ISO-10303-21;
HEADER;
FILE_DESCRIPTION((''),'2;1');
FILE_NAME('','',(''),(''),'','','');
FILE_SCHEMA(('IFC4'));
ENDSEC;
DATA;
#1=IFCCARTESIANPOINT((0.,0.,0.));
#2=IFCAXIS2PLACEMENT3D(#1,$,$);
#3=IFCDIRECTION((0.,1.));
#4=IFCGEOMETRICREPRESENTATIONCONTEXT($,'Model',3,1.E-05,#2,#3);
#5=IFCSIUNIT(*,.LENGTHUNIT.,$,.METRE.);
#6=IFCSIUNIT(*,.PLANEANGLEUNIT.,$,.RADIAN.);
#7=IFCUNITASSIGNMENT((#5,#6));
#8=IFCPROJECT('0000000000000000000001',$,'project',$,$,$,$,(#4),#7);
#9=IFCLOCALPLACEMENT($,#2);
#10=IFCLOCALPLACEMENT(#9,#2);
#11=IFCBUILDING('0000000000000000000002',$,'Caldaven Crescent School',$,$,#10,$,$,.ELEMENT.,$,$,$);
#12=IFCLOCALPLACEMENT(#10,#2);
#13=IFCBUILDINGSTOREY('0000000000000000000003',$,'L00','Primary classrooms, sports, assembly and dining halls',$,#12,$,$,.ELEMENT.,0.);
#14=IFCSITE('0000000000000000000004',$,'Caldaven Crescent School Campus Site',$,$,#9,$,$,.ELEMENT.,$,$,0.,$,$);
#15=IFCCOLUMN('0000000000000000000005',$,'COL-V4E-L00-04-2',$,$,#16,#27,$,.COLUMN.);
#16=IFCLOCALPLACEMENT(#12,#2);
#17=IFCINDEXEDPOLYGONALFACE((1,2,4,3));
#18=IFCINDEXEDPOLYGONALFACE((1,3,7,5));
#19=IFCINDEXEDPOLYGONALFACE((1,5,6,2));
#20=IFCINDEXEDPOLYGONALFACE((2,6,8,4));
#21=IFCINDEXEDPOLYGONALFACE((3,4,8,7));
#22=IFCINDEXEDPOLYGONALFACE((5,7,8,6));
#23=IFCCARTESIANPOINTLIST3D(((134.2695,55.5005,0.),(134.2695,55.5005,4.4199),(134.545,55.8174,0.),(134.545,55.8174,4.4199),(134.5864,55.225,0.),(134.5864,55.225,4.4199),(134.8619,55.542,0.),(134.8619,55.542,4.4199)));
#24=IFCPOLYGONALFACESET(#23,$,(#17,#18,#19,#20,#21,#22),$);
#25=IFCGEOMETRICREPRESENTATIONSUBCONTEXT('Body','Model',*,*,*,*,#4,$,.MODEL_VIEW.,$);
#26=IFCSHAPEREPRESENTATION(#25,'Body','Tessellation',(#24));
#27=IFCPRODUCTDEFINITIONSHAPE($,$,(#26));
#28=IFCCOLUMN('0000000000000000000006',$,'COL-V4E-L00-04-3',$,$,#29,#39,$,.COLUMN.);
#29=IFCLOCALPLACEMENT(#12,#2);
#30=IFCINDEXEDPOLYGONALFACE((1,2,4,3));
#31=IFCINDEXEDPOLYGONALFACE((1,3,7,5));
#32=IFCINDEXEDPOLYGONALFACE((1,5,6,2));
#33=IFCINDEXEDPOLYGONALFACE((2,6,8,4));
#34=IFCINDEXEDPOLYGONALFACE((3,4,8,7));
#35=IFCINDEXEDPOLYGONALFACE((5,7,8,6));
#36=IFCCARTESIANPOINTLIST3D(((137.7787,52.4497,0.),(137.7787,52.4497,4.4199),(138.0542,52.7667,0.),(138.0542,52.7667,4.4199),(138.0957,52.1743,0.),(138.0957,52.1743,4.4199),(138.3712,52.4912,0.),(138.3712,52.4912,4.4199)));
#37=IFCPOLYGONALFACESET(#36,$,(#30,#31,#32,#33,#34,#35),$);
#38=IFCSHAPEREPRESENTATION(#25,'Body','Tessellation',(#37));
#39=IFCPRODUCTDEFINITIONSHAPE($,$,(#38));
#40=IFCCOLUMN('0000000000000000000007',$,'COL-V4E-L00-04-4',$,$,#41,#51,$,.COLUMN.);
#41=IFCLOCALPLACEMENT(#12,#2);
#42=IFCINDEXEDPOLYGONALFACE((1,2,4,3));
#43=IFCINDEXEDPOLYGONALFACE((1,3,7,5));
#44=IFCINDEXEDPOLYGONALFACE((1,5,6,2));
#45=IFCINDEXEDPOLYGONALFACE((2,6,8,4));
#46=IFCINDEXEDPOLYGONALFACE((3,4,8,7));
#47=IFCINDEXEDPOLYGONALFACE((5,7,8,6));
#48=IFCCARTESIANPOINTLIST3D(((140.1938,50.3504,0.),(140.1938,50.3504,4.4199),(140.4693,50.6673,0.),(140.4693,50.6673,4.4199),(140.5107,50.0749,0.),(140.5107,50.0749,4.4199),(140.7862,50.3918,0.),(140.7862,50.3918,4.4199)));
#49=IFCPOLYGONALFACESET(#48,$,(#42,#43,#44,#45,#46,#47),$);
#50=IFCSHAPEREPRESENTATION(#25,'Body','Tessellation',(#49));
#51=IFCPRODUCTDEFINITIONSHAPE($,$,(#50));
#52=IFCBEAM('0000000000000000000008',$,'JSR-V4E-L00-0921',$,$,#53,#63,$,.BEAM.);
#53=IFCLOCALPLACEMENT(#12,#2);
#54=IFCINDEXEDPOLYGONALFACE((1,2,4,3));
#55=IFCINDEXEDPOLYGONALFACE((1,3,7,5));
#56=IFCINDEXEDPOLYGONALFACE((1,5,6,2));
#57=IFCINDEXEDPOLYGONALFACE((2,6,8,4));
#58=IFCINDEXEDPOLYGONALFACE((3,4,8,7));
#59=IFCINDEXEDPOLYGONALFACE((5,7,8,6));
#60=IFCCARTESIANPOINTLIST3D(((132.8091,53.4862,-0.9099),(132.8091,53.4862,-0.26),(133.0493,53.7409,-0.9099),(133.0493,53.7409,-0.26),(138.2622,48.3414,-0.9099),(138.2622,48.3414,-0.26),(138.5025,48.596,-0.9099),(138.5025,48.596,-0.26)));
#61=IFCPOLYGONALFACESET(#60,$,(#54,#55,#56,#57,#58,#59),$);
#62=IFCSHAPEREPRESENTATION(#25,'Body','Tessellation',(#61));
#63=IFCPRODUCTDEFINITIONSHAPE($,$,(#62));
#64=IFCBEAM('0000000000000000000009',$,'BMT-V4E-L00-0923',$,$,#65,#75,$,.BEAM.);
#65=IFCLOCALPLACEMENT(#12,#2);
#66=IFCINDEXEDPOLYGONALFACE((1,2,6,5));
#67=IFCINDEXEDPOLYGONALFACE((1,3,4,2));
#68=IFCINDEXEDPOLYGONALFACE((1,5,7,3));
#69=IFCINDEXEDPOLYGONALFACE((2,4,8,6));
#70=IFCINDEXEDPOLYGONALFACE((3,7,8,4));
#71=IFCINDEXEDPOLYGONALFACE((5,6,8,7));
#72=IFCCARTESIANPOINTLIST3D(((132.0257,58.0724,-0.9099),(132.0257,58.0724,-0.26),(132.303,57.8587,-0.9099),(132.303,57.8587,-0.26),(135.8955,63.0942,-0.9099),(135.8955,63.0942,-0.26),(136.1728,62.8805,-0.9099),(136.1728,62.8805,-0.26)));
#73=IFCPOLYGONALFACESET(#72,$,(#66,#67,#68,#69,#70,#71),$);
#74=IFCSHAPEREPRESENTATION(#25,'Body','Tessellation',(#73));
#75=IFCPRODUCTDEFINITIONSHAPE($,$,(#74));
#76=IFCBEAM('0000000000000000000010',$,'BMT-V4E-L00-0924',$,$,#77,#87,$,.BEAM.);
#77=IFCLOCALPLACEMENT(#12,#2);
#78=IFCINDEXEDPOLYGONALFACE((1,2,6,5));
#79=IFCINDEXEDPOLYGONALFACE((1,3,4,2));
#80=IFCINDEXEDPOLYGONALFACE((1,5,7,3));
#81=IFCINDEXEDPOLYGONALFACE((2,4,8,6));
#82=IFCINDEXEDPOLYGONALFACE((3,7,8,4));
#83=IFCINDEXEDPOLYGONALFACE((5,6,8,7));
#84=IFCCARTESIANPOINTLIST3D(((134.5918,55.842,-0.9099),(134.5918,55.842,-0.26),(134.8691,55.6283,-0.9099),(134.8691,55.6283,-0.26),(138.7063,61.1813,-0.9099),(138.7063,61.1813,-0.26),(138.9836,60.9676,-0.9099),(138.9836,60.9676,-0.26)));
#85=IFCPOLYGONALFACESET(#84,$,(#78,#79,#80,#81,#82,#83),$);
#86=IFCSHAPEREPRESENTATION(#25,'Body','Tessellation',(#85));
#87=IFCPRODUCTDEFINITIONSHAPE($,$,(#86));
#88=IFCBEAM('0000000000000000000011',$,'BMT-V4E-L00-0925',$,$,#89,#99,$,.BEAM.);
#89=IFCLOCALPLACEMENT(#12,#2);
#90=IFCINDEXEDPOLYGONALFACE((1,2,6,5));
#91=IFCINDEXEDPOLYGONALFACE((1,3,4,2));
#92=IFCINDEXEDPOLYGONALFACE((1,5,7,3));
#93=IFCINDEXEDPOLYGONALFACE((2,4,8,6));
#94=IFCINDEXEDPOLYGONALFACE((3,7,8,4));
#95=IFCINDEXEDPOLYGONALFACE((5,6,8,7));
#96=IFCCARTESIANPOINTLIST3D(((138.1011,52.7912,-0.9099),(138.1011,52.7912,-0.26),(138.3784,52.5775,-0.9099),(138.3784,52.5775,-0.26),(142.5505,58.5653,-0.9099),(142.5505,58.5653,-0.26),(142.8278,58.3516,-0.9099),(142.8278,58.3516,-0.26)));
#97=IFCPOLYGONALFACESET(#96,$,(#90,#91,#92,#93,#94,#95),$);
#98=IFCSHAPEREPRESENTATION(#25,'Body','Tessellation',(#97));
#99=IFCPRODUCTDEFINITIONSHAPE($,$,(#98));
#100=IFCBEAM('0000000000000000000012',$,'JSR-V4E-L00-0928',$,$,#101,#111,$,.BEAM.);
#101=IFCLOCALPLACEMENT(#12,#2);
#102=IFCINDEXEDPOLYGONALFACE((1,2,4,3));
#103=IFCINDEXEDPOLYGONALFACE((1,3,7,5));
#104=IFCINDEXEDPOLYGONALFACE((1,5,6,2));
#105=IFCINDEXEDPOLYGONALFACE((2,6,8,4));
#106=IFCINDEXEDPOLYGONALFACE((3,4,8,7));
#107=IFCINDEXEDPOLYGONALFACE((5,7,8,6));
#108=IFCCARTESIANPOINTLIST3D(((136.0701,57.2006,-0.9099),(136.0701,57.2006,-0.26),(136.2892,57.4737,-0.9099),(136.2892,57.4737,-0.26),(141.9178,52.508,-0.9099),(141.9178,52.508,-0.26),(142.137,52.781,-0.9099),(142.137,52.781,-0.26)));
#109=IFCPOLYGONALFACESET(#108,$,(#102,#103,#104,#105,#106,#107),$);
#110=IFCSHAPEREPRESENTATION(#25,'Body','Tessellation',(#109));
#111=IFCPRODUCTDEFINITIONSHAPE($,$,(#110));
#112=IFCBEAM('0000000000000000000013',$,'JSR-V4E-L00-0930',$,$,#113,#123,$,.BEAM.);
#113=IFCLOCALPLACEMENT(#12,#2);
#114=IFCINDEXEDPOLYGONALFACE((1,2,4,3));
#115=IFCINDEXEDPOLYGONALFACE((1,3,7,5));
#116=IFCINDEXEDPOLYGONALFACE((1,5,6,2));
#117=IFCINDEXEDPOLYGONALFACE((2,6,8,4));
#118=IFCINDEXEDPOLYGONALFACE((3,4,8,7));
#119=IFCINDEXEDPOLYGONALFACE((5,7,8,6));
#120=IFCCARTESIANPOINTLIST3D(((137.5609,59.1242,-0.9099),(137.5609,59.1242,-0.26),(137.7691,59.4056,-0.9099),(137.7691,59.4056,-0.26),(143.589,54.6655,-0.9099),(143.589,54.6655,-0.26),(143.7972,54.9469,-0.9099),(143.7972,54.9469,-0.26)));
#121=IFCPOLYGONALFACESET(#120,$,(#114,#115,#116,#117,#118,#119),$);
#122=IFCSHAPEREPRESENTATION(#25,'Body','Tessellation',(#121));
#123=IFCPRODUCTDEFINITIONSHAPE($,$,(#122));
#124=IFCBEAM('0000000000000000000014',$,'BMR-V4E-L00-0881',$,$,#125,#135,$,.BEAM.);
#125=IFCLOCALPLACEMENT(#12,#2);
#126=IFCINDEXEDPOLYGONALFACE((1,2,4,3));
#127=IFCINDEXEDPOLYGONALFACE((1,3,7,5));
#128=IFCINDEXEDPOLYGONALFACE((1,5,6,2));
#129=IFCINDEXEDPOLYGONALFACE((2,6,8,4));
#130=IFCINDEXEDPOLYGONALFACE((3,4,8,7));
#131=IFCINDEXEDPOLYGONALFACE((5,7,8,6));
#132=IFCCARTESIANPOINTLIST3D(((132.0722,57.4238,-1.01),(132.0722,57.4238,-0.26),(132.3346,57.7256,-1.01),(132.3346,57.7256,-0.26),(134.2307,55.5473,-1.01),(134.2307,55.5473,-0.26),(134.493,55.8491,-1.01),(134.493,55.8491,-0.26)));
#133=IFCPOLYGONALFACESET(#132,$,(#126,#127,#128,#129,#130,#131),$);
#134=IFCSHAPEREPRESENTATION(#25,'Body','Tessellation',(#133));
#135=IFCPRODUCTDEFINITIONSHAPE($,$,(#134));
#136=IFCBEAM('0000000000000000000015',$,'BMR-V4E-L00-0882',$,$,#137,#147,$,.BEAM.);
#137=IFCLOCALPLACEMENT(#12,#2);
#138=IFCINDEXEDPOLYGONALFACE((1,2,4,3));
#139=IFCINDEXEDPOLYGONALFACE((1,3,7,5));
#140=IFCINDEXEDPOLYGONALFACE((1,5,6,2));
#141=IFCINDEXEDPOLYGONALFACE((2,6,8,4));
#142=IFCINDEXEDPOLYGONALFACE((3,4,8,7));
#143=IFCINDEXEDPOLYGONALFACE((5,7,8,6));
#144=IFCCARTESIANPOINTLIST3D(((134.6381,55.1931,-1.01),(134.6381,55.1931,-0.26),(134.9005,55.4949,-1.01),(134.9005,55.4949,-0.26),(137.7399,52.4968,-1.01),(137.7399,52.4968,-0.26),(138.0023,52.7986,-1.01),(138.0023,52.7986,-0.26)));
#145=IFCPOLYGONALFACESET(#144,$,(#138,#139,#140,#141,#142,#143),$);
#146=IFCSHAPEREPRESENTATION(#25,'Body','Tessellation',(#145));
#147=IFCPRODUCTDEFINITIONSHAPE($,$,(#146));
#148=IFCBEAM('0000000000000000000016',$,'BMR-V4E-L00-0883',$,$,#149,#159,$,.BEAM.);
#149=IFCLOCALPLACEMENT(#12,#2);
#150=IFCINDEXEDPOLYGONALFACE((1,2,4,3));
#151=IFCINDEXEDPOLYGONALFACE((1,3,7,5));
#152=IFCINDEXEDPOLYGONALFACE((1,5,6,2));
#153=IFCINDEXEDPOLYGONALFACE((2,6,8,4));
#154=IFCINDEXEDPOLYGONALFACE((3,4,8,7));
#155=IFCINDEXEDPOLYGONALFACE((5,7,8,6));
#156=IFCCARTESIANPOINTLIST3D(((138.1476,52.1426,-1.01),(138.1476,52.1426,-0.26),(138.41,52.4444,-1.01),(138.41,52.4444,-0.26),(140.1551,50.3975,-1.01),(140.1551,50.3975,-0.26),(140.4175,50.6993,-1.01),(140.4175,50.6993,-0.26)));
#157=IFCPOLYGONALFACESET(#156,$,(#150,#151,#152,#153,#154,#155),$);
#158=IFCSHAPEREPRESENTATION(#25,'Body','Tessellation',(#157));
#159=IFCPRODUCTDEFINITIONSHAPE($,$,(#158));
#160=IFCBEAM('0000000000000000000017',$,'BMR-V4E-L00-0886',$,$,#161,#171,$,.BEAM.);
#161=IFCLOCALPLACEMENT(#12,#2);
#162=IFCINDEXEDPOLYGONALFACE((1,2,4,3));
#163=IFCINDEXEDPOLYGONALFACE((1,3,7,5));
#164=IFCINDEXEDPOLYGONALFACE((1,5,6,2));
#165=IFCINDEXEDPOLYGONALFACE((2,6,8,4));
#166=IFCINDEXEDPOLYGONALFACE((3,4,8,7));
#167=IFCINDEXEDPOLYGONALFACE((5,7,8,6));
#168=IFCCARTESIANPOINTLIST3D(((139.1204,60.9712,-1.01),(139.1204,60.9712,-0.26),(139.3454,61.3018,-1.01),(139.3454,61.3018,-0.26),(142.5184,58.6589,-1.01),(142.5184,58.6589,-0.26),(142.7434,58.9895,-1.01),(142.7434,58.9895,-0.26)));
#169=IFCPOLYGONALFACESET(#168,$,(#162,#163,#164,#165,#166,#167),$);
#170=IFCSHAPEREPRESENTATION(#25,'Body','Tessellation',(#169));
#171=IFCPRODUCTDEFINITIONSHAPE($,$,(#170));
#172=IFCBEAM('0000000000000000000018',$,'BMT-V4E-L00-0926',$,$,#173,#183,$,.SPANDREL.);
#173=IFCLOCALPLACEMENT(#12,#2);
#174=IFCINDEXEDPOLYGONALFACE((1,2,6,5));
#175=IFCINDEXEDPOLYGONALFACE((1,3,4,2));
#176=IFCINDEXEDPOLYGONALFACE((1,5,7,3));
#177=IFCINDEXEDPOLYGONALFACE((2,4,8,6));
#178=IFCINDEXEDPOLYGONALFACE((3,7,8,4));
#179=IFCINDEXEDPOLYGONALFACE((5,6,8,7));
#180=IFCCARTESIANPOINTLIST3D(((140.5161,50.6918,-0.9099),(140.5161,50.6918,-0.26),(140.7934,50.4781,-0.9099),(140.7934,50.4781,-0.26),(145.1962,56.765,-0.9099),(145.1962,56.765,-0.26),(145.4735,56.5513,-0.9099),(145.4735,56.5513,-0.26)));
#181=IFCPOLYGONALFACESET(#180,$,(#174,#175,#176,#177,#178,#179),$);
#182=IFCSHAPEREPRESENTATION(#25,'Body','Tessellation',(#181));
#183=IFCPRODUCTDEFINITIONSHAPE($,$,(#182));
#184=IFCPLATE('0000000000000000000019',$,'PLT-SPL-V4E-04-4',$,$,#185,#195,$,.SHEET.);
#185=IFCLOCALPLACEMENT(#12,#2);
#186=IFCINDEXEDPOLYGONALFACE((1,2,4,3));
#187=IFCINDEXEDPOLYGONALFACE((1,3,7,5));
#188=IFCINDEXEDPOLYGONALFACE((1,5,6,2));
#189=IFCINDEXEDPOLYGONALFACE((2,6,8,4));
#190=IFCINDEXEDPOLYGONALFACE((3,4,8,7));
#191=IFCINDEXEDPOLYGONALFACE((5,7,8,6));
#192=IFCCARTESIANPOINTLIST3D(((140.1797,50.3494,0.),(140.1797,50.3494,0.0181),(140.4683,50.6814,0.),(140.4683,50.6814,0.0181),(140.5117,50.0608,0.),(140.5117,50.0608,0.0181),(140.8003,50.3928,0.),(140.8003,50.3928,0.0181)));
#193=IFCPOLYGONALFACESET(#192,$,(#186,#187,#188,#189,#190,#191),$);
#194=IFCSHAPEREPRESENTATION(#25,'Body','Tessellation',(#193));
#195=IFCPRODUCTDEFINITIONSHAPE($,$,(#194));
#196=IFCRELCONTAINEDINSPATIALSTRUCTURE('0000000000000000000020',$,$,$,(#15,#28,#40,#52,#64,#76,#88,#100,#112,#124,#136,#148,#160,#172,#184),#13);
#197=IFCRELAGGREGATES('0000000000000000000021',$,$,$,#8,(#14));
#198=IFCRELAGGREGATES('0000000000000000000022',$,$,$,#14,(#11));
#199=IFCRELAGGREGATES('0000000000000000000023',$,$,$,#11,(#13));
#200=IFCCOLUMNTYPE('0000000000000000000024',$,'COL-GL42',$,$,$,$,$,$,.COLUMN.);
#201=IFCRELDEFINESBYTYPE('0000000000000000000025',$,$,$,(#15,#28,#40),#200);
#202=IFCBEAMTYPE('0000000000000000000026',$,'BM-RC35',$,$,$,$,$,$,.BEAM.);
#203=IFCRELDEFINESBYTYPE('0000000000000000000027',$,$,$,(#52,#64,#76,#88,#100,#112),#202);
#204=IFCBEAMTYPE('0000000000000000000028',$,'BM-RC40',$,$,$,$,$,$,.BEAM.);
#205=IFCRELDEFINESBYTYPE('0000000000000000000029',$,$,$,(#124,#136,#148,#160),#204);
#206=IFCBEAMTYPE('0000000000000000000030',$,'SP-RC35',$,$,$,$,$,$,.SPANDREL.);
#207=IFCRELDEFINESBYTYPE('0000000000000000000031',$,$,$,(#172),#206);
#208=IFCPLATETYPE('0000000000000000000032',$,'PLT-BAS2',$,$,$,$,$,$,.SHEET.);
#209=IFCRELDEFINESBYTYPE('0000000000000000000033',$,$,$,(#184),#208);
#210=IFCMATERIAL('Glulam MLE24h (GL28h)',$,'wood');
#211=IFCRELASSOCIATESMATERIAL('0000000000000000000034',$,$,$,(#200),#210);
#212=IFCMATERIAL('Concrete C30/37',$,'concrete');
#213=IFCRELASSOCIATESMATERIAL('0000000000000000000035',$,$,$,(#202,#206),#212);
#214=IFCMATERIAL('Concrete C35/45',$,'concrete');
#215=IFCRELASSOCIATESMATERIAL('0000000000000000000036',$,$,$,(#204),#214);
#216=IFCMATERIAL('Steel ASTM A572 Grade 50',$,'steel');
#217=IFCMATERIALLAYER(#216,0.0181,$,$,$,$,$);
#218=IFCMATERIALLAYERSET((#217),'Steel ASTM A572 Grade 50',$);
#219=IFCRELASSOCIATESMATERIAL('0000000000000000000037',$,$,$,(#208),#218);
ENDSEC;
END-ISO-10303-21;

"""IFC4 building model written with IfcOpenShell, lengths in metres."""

from ifc_helpers import new_model, si_unit, direction, frame, origin, origin_2d, place, context, subcontext, project, spatial, rectangle, extrude, material, layer, layer_set, material_profile, profile_set, type_object, element, save


model = new_model("IFC4")

# Units and contexts
model_context = context("Model", 3, precision=1e-05, world=origin(), true_north=direction((0.0, 1.0)))
body_context = subcontext(model_context, "Body", "Model", "MODEL_VIEW")
ifc_project = project(units=[si_unit("LENGTHUNIT", "METRE"), si_unit("PLANEANGLEUNIT", "RADIAN")], contexts=[model_context])

# Site, building, storey
site_placement = place(None, origin())
site = spatial("IfcSite", under=ifc_project, at=site_placement, Name="Caldaven Crescent School Campus Site", CompositionType="ELEMENT", RefElevation=0.0)
building_placement = place(site_placement, origin())
building = spatial("IfcBuilding", under=site, at=building_placement, Name="Caldaven Crescent School", CompositionType="ELEMENT")
storey_placement = place(building_placement, origin())
storey = spatial("IfcBuildingStorey", under=building, at=storey_placement, Name="L00", Description="Primary classrooms, sports, assembly and dining halls", CompositionType="ELEMENT", Elevation=0.0)

# Columns
ifc_material_1 = material(Name="Glulam MLE24h (GL28h)", Category="wood")
ifc_material_profile_1 = material_profile(ifc_material_1, rectangle(XDim=0.4199, YDim=0.4199, at=origin_2d()), Name="MLE 420x420")
ifc_profile_set_1 = profile_set([ifc_material_profile_1], Name="Glulam MLE24h (GL28h)")
column_type = type_object("IfcColumnType", Name="COL-GL42", PredefinedType="COLUMN", material=ifc_profile_set_1)
for number, where, z_axis, x_axis, name in (
    (1, (134.5657, 55.5212, 0.0), (0.0, 0.0, 1.0), (0.75471, -0.656059, 0.0), "COL-V4E-L00-04-2"),
    (2, (138.075, 52.4705, 0.0), (0.0, 0.0, 1.0), (0.75471, -0.656059, 0.0), "COL-V4E-L00-04-3"),
    (3, (140.49, 50.3711, 0.0), (0.0, 0.0, 1.0), (0.75471, -0.656059, 0.0), "COL-V4E-L00-04-4"),
):
    element("IfcColumn", number, at=place(storey_placement, frame(where, z_axis=z_axis, x_axis=x_axis)), inside=storey, type_object=column_type, Name=name, PredefinedType="COLUMN", context=body_context, shape_type="SweptSolid", body=[
        extrude(rectangle(XDim=0.4199, YDim=0.4199, at=origin_2d()), origin(), (0.0, 0.0, 1.0), 4.4199),
    ])

# Beams
ifc_material_2 = material(Name="Concrete C30/37", Category="concrete")
ifc_material_profile_2 = material_profile(ifc_material_2, rectangle(XDim=0.3501, YDim=0.6499, at=origin_2d()), Name="RC 350x650")
ifc_profile_set_2 = profile_set([ifc_material_profile_2], Name="Concrete C30/37")
beam_type_1 = type_object("IfcBeamType", Name="BM-RC35", PredefinedType="BEAM", material=ifc_profile_set_2)
beam_1_placement = place(storey_placement, frame((132.9292, 53.6135, -0.585), z_axis=(0.727372, -0.686243, 0.0), x_axis=(0.686243, 0.727372, 0.0)))
element("IfcBeam", 4, at=beam_1_placement, inside=storey, type_object=beam_type_1, Name="JSR-V4E-L00-0921", PredefinedType="BEAM", context=body_context, shape_type="SweptSolid", body=[
    extrude(rectangle(XDim=0.3501, YDim=0.6499, at=origin_2d()), origin(), (0.0, 0.0, 1.0), 7.4971),
])
beam_2_placement = place(storey_placement, frame((132.1643, 57.9656, -0.585), z_axis=(0.610405, 0.79209, 0.0), x_axis=(-0.79209, 0.610405, 0.0)))
element("IfcBeam", 5, at=beam_2_placement, inside=storey, type_object=beam_type_1, Name="BMT-V4E-L00-0923", PredefinedType="BEAM", context=body_context, shape_type="SweptSolid", body=[
    extrude(rectangle(XDim=0.3501, YDim=0.6499, at=origin_2d()), origin(), (0.0, 0.0, 1.0), 6.3398),
])
beam_3_placement = place(storey_placement, frame((134.7305, 55.7351, -0.585), z_axis=(0.610391, 0.7921, 0.0), x_axis=(-0.7921, 0.610391, 0.0)))
element("IfcBeam", 6, at=beam_3_placement, inside=storey, type_object=beam_type_1, Name="BMT-V4E-L00-0924", PredefinedType="BEAM", context=body_context, shape_type="SweptSolid", body=[
    extrude(rectangle(XDim=0.3501, YDim=0.6499, at=origin_2d()), origin(), (0.0, 0.0, 1.0), 6.7407),
])
beam_4_placement = place(storey_placement, frame((138.2397, 52.6843, -0.585), z_axis=(0.610382, 0.792107, 0.0), x_axis=(-0.792107, 0.610382, 0.0)))
element("IfcBeam", 7, at=beam_4_placement, inside=storey, type_object=beam_type_1, Name="BMT-V4E-L00-0925", PredefinedType="BEAM", context=body_context, shape_type="SweptSolid", body=[
    extrude(rectangle(XDim=0.3501, YDim=0.6499, at=origin_2d()), origin(), (0.0, 0.0, 1.0), 7.2896),
])
for number, where, z_axis, x_axis, name in (
    (8, (136.1797, 57.3372, -0.585), (0.779924, -0.625874, 0.0), (0.625874, 0.779924, 0.0), "JSR-V4E-L00-0928"),
    (9, (137.665, 59.2649, -0.585), (0.803972, -0.594668, 0.0), (0.594668, 0.803972, 0.0), "JSR-V4E-L00-0930"),
):
    element("IfcBeam", number, at=place(storey_placement, frame(where, z_axis=z_axis, x_axis=x_axis)), inside=storey, type_object=beam_type_1, Name=name, PredefinedType="BEAM", context=body_context, shape_type="SweptSolid", body=[
        extrude(rectangle(XDim=0.3501, YDim=0.6499, at=origin_2d()), origin(), (0.0, 0.0, 1.0), 7.4978),
    ])
ifc_material_3 = material(Name="Concrete C35/45", Category="concrete")
ifc_material_profile_3 = material_profile(ifc_material_3, rectangle(XDim=0.3999, YDim=0.75, at=origin_2d()), Name="RC 400x750")
ifc_profile_set_3 = profile_set([ifc_material_profile_3], Name="Concrete C35/45")
beam_type_2 = type_object("IfcBeamType", Name="BM-RC40", PredefinedType="BEAM", material=ifc_profile_set_3)
beam_5_placement = place(storey_placement, frame((132.2034, 57.5747, -0.635), z_axis=(0.754683, -0.65609, 0.0), x_axis=(0.65609, 0.754683, 0.0)))
element("IfcBeam", 10, at=beam_5_placement, inside=storey, type_object=beam_type_2, Name="BMR-V4E-L00-0881", PredefinedType="BEAM", context=body_context, shape_type="SweptSolid", body=[
    extrude(rectangle(XDim=0.3999, YDim=0.75, at=origin_2d()), origin(), (0.0, 0.0, 1.0), 2.8601),
])
beam_6_placement = place(storey_placement, frame((134.7693, 55.344, -0.635), z_axis=(0.754718, -0.656049, 0.0), x_axis=(0.656049, 0.754718, 0.0)))
element("IfcBeam", 11, at=beam_6_placement, inside=storey, type_object=beam_type_2, Name="BMR-V4E-L00-0882", PredefinedType="BEAM", context=body_context, shape_type="SweptSolid", body=[
    extrude(rectangle(XDim=0.3999, YDim=0.75, at=origin_2d()), origin(), (0.0, 0.0, 1.0), 4.1099),
])
beam_7_placement = place(storey_placement, frame((138.2788, 52.2935, -0.635), z_axis=(0.754716, -0.656051, 0.0), x_axis=(0.656051, 0.754716, 0.0)))
element("IfcBeam", 12, at=beam_7_placement, inside=storey, type_object=beam_type_2, Name="BMR-V4E-L00-0883", PredefinedType="BEAM", context=body_context, shape_type="SweptSolid", body=[
    extrude(rectangle(XDim=0.3999, YDim=0.75, at=origin_2d()), origin(), (0.0, 0.0, 1.0), 2.6599),
])
beam_8_placement = place(storey_placement, frame((139.2329, 61.1365, -0.635), z_axis=(0.82674, -0.562585, 0.0), x_axis=(0.562585, 0.82674, 0.0)))
element("IfcBeam", 13, at=beam_8_placement, inside=storey, type_object=beam_type_2, Name="BMR-V4E-L00-0886", PredefinedType="BEAM", context=body_context, shape_type="SweptSolid", body=[
    extrude(rectangle(XDim=0.3999, YDim=0.75, at=origin_2d()), origin(), (0.0, 0.0, 1.0), 4.1101),
])
ifc_material_profile_4 = material_profile(ifc_material_2, rectangle(XDim=0.3501, YDim=0.6499, at=origin_2d()), Name="RC 350x650")
ifc_profile_set_4 = profile_set([ifc_material_profile_4], Name="Concrete C30/37")
beam_type_3 = type_object("IfcBeamType", Name="SP-RC35", PredefinedType="SPANDREL", material=ifc_profile_set_4)
beam_9_placement = place(storey_placement, frame((140.6548, 50.585, -0.585), z_axis=(0.610403, 0.792091, 0.0), x_axis=(-0.792091, 0.610403, 0.0)))
element("IfcBeam", 14, at=beam_9_placement, inside=storey, type_object=beam_type_3, Name="BMT-V4E-L00-0926", PredefinedType="SPANDREL", context=body_context, shape_type="SweptSolid", body=[
    extrude(rectangle(XDim=0.3501, YDim=0.6499, at=origin_2d()), origin(), (0.0, 0.0, 1.0), 7.6672),
])

# Plate
ifc_material_4 = material(Name="Steel ASTM A572 Grade 50", Category="steel")
ifc_layer_1 = layer(ifc_material_4, 0.0181)
ifc_layer_set_1 = layer_set([ifc_layer_1], Name="Steel ASTM A572 Grade 50")
plate_type = type_object("IfcPlateType", Name="PLT-BAS2", PredefinedType="SHEET", material=ifc_layer_set_1)
plate_placement = place(storey_placement, frame((140.49, 50.3711, 0.0), z_axis=(0.0, 0.0, 1.0), x_axis=(0.75471, -0.656059, 0.0)))
element("IfcPlate", 15, at=plate_placement, inside=storey, type_object=plate_type, Name="PLT-SPL-V4E-04-4", PredefinedType="SHEET", context=body_context, shape_type="SweptSolid", body=[
    extrude(rectangle(XDim=0.4399, YDim=0.4399, at=origin_2d()), origin(), (0.0, 0.0, 1.0), 0.0181),
])

save(model, "model.ifc")
